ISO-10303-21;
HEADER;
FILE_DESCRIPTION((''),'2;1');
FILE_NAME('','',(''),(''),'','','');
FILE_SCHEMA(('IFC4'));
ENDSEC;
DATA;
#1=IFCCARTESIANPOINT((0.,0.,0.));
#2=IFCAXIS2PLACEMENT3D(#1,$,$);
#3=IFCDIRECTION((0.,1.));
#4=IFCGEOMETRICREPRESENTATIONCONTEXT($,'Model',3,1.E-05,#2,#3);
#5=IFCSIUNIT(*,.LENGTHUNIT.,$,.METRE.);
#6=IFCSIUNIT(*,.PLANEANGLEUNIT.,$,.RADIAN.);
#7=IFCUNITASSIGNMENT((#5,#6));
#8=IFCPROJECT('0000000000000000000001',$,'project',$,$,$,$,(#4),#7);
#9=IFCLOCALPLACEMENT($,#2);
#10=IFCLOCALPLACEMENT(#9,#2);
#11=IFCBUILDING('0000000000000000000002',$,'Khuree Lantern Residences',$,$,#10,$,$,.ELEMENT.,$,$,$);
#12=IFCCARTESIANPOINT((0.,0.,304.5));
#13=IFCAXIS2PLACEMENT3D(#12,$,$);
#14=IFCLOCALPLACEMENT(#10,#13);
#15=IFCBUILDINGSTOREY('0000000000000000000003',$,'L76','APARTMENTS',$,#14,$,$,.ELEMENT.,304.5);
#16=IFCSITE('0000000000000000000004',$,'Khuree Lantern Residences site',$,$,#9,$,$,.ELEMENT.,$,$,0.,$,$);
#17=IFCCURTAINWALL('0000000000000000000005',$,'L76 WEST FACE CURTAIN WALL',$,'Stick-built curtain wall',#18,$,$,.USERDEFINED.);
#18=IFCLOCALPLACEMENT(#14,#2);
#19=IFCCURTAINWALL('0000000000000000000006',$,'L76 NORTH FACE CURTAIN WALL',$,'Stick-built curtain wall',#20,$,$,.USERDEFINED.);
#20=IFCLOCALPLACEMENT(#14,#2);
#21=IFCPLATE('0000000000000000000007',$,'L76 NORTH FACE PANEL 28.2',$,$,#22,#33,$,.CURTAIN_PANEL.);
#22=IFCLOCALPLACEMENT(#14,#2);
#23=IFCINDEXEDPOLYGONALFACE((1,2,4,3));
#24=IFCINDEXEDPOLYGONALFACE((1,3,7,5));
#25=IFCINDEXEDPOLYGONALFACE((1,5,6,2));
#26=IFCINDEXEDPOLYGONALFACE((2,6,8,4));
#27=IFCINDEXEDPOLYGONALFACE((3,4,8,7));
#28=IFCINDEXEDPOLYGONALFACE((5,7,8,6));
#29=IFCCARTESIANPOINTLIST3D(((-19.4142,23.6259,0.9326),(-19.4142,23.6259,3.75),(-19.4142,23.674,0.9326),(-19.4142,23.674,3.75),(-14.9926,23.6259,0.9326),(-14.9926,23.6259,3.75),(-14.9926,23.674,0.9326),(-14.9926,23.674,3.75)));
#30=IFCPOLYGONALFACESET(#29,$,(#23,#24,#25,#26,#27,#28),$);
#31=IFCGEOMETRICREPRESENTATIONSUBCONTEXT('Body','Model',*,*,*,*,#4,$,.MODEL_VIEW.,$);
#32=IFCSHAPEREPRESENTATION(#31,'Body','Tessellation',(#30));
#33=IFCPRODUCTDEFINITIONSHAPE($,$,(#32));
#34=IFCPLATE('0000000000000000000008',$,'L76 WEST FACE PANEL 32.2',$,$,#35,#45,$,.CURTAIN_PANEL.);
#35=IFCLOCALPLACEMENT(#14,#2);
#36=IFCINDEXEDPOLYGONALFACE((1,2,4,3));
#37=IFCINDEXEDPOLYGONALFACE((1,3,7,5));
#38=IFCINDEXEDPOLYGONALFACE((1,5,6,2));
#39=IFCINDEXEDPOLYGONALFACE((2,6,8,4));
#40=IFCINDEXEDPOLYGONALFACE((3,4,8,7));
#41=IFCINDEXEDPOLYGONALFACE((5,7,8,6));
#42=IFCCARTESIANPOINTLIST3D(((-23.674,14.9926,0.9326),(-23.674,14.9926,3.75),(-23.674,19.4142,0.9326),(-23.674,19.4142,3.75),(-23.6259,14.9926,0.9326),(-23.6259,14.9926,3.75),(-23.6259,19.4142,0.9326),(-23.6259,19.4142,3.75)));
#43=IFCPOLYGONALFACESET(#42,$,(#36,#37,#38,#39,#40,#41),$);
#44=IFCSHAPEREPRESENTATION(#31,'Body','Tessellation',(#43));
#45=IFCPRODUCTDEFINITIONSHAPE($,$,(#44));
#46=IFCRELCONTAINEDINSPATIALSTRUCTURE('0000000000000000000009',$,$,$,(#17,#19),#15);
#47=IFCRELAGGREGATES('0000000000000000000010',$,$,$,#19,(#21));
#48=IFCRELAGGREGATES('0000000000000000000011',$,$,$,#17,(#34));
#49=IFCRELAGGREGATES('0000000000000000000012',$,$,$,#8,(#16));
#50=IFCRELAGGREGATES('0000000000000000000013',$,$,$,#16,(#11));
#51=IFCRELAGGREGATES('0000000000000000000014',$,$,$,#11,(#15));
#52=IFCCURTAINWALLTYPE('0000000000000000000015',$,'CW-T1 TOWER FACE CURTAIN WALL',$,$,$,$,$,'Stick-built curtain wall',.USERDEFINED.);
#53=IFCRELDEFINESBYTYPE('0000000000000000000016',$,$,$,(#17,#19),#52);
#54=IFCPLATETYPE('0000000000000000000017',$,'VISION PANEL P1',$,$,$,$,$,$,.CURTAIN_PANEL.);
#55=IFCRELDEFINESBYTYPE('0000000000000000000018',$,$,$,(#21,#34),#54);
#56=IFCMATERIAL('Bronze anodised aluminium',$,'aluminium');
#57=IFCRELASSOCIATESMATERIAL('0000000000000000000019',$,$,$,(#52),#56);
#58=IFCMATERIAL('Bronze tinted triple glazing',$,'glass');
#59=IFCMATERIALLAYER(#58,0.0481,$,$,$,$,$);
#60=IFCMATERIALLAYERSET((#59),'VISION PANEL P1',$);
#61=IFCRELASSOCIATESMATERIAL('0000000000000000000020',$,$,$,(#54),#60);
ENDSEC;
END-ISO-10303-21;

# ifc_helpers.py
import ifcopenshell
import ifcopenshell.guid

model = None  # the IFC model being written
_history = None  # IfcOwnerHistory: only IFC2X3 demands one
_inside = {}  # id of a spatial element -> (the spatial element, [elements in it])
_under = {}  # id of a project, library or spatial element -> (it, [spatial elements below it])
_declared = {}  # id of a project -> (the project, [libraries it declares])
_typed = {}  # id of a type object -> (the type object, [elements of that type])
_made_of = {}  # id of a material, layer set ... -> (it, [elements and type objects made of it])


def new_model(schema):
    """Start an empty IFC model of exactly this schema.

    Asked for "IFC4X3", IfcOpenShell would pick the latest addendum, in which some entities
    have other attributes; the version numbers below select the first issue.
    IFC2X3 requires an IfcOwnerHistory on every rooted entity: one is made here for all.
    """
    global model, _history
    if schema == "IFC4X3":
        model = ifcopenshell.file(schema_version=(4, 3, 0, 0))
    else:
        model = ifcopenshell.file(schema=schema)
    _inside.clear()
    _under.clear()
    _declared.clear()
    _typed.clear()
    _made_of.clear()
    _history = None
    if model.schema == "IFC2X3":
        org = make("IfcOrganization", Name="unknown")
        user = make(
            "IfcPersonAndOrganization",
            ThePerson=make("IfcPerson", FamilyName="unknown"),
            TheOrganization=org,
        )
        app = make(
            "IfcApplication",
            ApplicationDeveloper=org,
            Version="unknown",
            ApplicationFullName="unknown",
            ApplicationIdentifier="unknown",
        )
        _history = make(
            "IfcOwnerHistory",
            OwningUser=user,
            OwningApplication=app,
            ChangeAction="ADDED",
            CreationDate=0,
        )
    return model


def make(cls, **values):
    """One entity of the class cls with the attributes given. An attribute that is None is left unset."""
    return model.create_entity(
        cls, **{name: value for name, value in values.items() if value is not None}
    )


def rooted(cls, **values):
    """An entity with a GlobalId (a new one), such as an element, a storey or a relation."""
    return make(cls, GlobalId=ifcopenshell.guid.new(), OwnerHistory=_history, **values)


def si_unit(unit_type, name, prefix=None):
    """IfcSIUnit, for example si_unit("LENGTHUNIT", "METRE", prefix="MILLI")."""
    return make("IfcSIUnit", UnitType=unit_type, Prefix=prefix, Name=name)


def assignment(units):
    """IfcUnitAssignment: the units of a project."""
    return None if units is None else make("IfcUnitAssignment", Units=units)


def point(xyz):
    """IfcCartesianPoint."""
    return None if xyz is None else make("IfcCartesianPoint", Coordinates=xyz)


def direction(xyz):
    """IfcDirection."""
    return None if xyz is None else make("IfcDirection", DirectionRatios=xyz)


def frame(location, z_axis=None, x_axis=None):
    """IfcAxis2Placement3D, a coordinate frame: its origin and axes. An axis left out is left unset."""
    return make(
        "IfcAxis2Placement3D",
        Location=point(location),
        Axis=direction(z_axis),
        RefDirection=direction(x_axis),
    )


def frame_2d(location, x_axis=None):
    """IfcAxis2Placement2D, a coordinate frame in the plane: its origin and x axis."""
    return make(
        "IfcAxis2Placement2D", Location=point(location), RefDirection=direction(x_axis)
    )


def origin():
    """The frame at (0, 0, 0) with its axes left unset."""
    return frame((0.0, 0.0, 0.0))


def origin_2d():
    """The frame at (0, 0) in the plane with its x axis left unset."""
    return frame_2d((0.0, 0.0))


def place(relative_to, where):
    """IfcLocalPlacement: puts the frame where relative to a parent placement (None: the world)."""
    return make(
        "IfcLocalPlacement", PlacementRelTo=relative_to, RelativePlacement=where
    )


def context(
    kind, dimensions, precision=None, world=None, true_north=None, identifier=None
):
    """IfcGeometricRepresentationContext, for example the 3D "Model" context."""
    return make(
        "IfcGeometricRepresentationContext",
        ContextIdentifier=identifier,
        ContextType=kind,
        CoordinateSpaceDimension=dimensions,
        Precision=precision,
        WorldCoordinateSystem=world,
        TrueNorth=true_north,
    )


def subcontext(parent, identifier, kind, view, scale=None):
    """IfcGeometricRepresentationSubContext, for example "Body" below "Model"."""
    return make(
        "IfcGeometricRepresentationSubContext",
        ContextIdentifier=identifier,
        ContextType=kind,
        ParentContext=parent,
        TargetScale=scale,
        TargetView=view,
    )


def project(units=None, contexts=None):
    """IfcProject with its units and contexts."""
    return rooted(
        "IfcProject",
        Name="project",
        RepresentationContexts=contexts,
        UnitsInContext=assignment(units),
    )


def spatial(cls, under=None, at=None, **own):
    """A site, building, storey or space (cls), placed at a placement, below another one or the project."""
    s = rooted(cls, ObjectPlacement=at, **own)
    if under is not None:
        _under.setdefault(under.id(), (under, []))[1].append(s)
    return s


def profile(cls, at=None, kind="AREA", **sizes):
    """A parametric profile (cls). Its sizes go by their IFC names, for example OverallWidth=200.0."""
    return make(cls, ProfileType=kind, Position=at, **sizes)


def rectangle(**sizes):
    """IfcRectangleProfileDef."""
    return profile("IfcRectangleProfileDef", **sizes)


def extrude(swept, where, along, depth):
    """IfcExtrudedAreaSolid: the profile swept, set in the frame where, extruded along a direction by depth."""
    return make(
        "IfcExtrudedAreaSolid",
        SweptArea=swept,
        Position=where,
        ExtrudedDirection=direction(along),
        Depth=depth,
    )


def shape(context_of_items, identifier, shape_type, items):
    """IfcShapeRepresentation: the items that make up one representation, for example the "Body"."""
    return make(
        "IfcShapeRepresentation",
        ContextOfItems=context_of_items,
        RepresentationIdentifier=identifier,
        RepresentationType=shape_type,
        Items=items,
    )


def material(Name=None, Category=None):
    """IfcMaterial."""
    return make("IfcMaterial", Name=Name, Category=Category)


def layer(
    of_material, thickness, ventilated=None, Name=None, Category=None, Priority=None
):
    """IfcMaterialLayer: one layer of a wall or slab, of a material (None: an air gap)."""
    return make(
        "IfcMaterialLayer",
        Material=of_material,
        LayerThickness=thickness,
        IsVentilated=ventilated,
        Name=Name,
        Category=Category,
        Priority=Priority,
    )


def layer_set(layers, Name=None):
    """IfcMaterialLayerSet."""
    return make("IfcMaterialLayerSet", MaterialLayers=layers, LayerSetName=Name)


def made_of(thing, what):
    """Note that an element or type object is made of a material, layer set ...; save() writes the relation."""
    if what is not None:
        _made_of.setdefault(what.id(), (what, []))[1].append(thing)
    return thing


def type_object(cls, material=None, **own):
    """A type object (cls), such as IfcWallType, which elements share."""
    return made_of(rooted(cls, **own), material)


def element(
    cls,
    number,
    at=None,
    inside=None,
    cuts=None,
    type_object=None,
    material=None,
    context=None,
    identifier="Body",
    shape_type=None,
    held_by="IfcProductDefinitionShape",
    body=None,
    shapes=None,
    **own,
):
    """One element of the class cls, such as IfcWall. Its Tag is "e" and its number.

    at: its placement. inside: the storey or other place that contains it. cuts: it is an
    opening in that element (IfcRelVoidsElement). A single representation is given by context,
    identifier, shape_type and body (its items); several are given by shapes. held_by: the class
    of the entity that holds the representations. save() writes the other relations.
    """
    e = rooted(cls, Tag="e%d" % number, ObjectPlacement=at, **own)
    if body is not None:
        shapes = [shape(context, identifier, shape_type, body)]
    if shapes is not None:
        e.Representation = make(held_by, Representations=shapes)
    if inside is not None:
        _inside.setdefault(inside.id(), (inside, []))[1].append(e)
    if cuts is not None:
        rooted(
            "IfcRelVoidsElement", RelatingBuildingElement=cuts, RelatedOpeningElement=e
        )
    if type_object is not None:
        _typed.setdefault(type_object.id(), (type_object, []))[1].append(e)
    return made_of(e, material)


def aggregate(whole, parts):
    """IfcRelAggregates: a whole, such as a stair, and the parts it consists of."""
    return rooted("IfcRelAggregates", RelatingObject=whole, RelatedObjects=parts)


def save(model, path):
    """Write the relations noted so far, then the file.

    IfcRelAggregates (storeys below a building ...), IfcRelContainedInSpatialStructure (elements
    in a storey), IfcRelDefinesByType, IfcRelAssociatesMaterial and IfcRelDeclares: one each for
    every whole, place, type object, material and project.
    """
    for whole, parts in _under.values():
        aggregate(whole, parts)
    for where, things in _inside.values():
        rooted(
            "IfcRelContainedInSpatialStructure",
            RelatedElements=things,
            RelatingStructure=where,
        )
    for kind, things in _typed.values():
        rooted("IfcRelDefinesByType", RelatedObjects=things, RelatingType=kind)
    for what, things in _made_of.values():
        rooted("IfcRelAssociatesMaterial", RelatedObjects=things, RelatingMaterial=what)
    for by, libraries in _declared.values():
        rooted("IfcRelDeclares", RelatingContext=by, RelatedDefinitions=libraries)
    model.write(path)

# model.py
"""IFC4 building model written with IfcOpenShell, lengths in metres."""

from ifc_helpers import new_model, si_unit, direction, frame, origin, origin_2d, place, context, subcontext, project, spatial, rectangle, extrude, material, layer, layer_set, type_object, element, aggregate, save


model = new_model("IFC4")

# Units and contexts
model_context = context("Model", 3, precision=1e-05, world=origin(), true_north=direction((0.0, 1.0)))
body_context = subcontext(model_context, "Body", "Model", "MODEL_VIEW")
ifc_project = project(units=[si_unit("LENGTHUNIT", "METRE"), si_unit("PLANEANGLEUNIT", "RADIAN")], contexts=[model_context])

# Site, building, storey
site_placement = place(None, origin())
site = spatial("IfcSite", under=ifc_project, at=site_placement, Name="Khuree Lantern Residences site", CompositionType="ELEMENT", RefElevation=0.0)
building_placement = place(site_placement, origin())
building = spatial("IfcBuilding", under=site, at=building_placement, Name="Khuree Lantern Residences", CompositionType="ELEMENT")
storey_placement = place(building_placement, frame((0.0, 0.0, 304.5)))
storey = spatial("IfcBuildingStorey", under=building, at=storey_placement, Name="L76", Description="APARTMENTS", CompositionType="ELEMENT", Elevation=304.5)

# Shared definitions
ifc_material_1 = material(Name="Bronze anodised aluminium", Category="aluminium")

# Curtain walls
curtain_wall_type_1 = type_object("IfcCurtainWallType", Name="CW-T1 TOWER FACE CURTAIN WALL", ElementType="Stick-built curtain wall", PredefinedType="USERDEFINED", material=ifc_material_1)
curtain_wall_1_placement = place(storey_placement, origin())
curtain_wall_1 = element("IfcCurtainWall", 1, at=curtain_wall_1_placement, inside=storey, type_object=curtain_wall_type_1, Name="L76 WEST FACE CURTAIN WALL", ObjectType="Stick-built curtain wall", PredefinedType="USERDEFINED")
curtain_wall_2_placement = place(storey_placement, origin())
curtain_wall_2 = element("IfcCurtainWall", 2, at=curtain_wall_2_placement, inside=storey, type_object=curtain_wall_type_1, Name="L76 NORTH FACE CURTAIN WALL", ObjectType="Stick-built curtain wall", PredefinedType="USERDEFINED")

# Plates
ifc_material_2 = material(Name="Bronze tinted triple glazing", Category="glass")
ifc_layer_1 = layer(ifc_material_2, 0.0481)
ifc_layer_set_1 = layer_set([ifc_layer_1], Name="VISION PANEL P1")
plate_type_1 = type_object("IfcPlateType", Name="VISION PANEL P1", PredefinedType="CURTAIN_PANEL", material=ifc_layer_set_1)
plate_1_placement = place(storey_placement, frame((-17.2034, 23.6499, 0.9326), z_axis=(0.0, 0.0, 1.0), x_axis=(-1.0, 0.0, 0.0)))
plate_1 = element("IfcPlate", 3, at=plate_1_placement, type_object=plate_type_1, Name="L76 NORTH FACE PANEL 28.2", PredefinedType="CURTAIN_PANEL", context=body_context, shape_type="SweptSolid", body=[
    extrude(rectangle(XDim=4.4216, YDim=0.0481, at=origin_2d()), origin(), (0.0, 0.0, 1.0), 2.8174),
])
aggregate(curtain_wall_2, [plate_1])
plate_2_placement = place(storey_placement, frame((-23.6499, 17.2034, 0.9326), z_axis=(0.0, 0.0, 1.0), x_axis=(0.0, -1.0, 0.0)))
plate_2 = element("IfcPlate", 4, at=plate_2_placement, type_object=plate_type_1, Name="L76 WEST FACE PANEL 32.2", PredefinedType="CURTAIN_PANEL", context=body_context, shape_type="SweptSolid", body=[
    extrude(rectangle(XDim=4.4216, YDim=0.0481, at=origin_2d()), origin(), (0.0, 0.0, 1.0), 2.8174),
])
aggregate(curtain_wall_1, [plate_2])

save(model, "model.ifc")
